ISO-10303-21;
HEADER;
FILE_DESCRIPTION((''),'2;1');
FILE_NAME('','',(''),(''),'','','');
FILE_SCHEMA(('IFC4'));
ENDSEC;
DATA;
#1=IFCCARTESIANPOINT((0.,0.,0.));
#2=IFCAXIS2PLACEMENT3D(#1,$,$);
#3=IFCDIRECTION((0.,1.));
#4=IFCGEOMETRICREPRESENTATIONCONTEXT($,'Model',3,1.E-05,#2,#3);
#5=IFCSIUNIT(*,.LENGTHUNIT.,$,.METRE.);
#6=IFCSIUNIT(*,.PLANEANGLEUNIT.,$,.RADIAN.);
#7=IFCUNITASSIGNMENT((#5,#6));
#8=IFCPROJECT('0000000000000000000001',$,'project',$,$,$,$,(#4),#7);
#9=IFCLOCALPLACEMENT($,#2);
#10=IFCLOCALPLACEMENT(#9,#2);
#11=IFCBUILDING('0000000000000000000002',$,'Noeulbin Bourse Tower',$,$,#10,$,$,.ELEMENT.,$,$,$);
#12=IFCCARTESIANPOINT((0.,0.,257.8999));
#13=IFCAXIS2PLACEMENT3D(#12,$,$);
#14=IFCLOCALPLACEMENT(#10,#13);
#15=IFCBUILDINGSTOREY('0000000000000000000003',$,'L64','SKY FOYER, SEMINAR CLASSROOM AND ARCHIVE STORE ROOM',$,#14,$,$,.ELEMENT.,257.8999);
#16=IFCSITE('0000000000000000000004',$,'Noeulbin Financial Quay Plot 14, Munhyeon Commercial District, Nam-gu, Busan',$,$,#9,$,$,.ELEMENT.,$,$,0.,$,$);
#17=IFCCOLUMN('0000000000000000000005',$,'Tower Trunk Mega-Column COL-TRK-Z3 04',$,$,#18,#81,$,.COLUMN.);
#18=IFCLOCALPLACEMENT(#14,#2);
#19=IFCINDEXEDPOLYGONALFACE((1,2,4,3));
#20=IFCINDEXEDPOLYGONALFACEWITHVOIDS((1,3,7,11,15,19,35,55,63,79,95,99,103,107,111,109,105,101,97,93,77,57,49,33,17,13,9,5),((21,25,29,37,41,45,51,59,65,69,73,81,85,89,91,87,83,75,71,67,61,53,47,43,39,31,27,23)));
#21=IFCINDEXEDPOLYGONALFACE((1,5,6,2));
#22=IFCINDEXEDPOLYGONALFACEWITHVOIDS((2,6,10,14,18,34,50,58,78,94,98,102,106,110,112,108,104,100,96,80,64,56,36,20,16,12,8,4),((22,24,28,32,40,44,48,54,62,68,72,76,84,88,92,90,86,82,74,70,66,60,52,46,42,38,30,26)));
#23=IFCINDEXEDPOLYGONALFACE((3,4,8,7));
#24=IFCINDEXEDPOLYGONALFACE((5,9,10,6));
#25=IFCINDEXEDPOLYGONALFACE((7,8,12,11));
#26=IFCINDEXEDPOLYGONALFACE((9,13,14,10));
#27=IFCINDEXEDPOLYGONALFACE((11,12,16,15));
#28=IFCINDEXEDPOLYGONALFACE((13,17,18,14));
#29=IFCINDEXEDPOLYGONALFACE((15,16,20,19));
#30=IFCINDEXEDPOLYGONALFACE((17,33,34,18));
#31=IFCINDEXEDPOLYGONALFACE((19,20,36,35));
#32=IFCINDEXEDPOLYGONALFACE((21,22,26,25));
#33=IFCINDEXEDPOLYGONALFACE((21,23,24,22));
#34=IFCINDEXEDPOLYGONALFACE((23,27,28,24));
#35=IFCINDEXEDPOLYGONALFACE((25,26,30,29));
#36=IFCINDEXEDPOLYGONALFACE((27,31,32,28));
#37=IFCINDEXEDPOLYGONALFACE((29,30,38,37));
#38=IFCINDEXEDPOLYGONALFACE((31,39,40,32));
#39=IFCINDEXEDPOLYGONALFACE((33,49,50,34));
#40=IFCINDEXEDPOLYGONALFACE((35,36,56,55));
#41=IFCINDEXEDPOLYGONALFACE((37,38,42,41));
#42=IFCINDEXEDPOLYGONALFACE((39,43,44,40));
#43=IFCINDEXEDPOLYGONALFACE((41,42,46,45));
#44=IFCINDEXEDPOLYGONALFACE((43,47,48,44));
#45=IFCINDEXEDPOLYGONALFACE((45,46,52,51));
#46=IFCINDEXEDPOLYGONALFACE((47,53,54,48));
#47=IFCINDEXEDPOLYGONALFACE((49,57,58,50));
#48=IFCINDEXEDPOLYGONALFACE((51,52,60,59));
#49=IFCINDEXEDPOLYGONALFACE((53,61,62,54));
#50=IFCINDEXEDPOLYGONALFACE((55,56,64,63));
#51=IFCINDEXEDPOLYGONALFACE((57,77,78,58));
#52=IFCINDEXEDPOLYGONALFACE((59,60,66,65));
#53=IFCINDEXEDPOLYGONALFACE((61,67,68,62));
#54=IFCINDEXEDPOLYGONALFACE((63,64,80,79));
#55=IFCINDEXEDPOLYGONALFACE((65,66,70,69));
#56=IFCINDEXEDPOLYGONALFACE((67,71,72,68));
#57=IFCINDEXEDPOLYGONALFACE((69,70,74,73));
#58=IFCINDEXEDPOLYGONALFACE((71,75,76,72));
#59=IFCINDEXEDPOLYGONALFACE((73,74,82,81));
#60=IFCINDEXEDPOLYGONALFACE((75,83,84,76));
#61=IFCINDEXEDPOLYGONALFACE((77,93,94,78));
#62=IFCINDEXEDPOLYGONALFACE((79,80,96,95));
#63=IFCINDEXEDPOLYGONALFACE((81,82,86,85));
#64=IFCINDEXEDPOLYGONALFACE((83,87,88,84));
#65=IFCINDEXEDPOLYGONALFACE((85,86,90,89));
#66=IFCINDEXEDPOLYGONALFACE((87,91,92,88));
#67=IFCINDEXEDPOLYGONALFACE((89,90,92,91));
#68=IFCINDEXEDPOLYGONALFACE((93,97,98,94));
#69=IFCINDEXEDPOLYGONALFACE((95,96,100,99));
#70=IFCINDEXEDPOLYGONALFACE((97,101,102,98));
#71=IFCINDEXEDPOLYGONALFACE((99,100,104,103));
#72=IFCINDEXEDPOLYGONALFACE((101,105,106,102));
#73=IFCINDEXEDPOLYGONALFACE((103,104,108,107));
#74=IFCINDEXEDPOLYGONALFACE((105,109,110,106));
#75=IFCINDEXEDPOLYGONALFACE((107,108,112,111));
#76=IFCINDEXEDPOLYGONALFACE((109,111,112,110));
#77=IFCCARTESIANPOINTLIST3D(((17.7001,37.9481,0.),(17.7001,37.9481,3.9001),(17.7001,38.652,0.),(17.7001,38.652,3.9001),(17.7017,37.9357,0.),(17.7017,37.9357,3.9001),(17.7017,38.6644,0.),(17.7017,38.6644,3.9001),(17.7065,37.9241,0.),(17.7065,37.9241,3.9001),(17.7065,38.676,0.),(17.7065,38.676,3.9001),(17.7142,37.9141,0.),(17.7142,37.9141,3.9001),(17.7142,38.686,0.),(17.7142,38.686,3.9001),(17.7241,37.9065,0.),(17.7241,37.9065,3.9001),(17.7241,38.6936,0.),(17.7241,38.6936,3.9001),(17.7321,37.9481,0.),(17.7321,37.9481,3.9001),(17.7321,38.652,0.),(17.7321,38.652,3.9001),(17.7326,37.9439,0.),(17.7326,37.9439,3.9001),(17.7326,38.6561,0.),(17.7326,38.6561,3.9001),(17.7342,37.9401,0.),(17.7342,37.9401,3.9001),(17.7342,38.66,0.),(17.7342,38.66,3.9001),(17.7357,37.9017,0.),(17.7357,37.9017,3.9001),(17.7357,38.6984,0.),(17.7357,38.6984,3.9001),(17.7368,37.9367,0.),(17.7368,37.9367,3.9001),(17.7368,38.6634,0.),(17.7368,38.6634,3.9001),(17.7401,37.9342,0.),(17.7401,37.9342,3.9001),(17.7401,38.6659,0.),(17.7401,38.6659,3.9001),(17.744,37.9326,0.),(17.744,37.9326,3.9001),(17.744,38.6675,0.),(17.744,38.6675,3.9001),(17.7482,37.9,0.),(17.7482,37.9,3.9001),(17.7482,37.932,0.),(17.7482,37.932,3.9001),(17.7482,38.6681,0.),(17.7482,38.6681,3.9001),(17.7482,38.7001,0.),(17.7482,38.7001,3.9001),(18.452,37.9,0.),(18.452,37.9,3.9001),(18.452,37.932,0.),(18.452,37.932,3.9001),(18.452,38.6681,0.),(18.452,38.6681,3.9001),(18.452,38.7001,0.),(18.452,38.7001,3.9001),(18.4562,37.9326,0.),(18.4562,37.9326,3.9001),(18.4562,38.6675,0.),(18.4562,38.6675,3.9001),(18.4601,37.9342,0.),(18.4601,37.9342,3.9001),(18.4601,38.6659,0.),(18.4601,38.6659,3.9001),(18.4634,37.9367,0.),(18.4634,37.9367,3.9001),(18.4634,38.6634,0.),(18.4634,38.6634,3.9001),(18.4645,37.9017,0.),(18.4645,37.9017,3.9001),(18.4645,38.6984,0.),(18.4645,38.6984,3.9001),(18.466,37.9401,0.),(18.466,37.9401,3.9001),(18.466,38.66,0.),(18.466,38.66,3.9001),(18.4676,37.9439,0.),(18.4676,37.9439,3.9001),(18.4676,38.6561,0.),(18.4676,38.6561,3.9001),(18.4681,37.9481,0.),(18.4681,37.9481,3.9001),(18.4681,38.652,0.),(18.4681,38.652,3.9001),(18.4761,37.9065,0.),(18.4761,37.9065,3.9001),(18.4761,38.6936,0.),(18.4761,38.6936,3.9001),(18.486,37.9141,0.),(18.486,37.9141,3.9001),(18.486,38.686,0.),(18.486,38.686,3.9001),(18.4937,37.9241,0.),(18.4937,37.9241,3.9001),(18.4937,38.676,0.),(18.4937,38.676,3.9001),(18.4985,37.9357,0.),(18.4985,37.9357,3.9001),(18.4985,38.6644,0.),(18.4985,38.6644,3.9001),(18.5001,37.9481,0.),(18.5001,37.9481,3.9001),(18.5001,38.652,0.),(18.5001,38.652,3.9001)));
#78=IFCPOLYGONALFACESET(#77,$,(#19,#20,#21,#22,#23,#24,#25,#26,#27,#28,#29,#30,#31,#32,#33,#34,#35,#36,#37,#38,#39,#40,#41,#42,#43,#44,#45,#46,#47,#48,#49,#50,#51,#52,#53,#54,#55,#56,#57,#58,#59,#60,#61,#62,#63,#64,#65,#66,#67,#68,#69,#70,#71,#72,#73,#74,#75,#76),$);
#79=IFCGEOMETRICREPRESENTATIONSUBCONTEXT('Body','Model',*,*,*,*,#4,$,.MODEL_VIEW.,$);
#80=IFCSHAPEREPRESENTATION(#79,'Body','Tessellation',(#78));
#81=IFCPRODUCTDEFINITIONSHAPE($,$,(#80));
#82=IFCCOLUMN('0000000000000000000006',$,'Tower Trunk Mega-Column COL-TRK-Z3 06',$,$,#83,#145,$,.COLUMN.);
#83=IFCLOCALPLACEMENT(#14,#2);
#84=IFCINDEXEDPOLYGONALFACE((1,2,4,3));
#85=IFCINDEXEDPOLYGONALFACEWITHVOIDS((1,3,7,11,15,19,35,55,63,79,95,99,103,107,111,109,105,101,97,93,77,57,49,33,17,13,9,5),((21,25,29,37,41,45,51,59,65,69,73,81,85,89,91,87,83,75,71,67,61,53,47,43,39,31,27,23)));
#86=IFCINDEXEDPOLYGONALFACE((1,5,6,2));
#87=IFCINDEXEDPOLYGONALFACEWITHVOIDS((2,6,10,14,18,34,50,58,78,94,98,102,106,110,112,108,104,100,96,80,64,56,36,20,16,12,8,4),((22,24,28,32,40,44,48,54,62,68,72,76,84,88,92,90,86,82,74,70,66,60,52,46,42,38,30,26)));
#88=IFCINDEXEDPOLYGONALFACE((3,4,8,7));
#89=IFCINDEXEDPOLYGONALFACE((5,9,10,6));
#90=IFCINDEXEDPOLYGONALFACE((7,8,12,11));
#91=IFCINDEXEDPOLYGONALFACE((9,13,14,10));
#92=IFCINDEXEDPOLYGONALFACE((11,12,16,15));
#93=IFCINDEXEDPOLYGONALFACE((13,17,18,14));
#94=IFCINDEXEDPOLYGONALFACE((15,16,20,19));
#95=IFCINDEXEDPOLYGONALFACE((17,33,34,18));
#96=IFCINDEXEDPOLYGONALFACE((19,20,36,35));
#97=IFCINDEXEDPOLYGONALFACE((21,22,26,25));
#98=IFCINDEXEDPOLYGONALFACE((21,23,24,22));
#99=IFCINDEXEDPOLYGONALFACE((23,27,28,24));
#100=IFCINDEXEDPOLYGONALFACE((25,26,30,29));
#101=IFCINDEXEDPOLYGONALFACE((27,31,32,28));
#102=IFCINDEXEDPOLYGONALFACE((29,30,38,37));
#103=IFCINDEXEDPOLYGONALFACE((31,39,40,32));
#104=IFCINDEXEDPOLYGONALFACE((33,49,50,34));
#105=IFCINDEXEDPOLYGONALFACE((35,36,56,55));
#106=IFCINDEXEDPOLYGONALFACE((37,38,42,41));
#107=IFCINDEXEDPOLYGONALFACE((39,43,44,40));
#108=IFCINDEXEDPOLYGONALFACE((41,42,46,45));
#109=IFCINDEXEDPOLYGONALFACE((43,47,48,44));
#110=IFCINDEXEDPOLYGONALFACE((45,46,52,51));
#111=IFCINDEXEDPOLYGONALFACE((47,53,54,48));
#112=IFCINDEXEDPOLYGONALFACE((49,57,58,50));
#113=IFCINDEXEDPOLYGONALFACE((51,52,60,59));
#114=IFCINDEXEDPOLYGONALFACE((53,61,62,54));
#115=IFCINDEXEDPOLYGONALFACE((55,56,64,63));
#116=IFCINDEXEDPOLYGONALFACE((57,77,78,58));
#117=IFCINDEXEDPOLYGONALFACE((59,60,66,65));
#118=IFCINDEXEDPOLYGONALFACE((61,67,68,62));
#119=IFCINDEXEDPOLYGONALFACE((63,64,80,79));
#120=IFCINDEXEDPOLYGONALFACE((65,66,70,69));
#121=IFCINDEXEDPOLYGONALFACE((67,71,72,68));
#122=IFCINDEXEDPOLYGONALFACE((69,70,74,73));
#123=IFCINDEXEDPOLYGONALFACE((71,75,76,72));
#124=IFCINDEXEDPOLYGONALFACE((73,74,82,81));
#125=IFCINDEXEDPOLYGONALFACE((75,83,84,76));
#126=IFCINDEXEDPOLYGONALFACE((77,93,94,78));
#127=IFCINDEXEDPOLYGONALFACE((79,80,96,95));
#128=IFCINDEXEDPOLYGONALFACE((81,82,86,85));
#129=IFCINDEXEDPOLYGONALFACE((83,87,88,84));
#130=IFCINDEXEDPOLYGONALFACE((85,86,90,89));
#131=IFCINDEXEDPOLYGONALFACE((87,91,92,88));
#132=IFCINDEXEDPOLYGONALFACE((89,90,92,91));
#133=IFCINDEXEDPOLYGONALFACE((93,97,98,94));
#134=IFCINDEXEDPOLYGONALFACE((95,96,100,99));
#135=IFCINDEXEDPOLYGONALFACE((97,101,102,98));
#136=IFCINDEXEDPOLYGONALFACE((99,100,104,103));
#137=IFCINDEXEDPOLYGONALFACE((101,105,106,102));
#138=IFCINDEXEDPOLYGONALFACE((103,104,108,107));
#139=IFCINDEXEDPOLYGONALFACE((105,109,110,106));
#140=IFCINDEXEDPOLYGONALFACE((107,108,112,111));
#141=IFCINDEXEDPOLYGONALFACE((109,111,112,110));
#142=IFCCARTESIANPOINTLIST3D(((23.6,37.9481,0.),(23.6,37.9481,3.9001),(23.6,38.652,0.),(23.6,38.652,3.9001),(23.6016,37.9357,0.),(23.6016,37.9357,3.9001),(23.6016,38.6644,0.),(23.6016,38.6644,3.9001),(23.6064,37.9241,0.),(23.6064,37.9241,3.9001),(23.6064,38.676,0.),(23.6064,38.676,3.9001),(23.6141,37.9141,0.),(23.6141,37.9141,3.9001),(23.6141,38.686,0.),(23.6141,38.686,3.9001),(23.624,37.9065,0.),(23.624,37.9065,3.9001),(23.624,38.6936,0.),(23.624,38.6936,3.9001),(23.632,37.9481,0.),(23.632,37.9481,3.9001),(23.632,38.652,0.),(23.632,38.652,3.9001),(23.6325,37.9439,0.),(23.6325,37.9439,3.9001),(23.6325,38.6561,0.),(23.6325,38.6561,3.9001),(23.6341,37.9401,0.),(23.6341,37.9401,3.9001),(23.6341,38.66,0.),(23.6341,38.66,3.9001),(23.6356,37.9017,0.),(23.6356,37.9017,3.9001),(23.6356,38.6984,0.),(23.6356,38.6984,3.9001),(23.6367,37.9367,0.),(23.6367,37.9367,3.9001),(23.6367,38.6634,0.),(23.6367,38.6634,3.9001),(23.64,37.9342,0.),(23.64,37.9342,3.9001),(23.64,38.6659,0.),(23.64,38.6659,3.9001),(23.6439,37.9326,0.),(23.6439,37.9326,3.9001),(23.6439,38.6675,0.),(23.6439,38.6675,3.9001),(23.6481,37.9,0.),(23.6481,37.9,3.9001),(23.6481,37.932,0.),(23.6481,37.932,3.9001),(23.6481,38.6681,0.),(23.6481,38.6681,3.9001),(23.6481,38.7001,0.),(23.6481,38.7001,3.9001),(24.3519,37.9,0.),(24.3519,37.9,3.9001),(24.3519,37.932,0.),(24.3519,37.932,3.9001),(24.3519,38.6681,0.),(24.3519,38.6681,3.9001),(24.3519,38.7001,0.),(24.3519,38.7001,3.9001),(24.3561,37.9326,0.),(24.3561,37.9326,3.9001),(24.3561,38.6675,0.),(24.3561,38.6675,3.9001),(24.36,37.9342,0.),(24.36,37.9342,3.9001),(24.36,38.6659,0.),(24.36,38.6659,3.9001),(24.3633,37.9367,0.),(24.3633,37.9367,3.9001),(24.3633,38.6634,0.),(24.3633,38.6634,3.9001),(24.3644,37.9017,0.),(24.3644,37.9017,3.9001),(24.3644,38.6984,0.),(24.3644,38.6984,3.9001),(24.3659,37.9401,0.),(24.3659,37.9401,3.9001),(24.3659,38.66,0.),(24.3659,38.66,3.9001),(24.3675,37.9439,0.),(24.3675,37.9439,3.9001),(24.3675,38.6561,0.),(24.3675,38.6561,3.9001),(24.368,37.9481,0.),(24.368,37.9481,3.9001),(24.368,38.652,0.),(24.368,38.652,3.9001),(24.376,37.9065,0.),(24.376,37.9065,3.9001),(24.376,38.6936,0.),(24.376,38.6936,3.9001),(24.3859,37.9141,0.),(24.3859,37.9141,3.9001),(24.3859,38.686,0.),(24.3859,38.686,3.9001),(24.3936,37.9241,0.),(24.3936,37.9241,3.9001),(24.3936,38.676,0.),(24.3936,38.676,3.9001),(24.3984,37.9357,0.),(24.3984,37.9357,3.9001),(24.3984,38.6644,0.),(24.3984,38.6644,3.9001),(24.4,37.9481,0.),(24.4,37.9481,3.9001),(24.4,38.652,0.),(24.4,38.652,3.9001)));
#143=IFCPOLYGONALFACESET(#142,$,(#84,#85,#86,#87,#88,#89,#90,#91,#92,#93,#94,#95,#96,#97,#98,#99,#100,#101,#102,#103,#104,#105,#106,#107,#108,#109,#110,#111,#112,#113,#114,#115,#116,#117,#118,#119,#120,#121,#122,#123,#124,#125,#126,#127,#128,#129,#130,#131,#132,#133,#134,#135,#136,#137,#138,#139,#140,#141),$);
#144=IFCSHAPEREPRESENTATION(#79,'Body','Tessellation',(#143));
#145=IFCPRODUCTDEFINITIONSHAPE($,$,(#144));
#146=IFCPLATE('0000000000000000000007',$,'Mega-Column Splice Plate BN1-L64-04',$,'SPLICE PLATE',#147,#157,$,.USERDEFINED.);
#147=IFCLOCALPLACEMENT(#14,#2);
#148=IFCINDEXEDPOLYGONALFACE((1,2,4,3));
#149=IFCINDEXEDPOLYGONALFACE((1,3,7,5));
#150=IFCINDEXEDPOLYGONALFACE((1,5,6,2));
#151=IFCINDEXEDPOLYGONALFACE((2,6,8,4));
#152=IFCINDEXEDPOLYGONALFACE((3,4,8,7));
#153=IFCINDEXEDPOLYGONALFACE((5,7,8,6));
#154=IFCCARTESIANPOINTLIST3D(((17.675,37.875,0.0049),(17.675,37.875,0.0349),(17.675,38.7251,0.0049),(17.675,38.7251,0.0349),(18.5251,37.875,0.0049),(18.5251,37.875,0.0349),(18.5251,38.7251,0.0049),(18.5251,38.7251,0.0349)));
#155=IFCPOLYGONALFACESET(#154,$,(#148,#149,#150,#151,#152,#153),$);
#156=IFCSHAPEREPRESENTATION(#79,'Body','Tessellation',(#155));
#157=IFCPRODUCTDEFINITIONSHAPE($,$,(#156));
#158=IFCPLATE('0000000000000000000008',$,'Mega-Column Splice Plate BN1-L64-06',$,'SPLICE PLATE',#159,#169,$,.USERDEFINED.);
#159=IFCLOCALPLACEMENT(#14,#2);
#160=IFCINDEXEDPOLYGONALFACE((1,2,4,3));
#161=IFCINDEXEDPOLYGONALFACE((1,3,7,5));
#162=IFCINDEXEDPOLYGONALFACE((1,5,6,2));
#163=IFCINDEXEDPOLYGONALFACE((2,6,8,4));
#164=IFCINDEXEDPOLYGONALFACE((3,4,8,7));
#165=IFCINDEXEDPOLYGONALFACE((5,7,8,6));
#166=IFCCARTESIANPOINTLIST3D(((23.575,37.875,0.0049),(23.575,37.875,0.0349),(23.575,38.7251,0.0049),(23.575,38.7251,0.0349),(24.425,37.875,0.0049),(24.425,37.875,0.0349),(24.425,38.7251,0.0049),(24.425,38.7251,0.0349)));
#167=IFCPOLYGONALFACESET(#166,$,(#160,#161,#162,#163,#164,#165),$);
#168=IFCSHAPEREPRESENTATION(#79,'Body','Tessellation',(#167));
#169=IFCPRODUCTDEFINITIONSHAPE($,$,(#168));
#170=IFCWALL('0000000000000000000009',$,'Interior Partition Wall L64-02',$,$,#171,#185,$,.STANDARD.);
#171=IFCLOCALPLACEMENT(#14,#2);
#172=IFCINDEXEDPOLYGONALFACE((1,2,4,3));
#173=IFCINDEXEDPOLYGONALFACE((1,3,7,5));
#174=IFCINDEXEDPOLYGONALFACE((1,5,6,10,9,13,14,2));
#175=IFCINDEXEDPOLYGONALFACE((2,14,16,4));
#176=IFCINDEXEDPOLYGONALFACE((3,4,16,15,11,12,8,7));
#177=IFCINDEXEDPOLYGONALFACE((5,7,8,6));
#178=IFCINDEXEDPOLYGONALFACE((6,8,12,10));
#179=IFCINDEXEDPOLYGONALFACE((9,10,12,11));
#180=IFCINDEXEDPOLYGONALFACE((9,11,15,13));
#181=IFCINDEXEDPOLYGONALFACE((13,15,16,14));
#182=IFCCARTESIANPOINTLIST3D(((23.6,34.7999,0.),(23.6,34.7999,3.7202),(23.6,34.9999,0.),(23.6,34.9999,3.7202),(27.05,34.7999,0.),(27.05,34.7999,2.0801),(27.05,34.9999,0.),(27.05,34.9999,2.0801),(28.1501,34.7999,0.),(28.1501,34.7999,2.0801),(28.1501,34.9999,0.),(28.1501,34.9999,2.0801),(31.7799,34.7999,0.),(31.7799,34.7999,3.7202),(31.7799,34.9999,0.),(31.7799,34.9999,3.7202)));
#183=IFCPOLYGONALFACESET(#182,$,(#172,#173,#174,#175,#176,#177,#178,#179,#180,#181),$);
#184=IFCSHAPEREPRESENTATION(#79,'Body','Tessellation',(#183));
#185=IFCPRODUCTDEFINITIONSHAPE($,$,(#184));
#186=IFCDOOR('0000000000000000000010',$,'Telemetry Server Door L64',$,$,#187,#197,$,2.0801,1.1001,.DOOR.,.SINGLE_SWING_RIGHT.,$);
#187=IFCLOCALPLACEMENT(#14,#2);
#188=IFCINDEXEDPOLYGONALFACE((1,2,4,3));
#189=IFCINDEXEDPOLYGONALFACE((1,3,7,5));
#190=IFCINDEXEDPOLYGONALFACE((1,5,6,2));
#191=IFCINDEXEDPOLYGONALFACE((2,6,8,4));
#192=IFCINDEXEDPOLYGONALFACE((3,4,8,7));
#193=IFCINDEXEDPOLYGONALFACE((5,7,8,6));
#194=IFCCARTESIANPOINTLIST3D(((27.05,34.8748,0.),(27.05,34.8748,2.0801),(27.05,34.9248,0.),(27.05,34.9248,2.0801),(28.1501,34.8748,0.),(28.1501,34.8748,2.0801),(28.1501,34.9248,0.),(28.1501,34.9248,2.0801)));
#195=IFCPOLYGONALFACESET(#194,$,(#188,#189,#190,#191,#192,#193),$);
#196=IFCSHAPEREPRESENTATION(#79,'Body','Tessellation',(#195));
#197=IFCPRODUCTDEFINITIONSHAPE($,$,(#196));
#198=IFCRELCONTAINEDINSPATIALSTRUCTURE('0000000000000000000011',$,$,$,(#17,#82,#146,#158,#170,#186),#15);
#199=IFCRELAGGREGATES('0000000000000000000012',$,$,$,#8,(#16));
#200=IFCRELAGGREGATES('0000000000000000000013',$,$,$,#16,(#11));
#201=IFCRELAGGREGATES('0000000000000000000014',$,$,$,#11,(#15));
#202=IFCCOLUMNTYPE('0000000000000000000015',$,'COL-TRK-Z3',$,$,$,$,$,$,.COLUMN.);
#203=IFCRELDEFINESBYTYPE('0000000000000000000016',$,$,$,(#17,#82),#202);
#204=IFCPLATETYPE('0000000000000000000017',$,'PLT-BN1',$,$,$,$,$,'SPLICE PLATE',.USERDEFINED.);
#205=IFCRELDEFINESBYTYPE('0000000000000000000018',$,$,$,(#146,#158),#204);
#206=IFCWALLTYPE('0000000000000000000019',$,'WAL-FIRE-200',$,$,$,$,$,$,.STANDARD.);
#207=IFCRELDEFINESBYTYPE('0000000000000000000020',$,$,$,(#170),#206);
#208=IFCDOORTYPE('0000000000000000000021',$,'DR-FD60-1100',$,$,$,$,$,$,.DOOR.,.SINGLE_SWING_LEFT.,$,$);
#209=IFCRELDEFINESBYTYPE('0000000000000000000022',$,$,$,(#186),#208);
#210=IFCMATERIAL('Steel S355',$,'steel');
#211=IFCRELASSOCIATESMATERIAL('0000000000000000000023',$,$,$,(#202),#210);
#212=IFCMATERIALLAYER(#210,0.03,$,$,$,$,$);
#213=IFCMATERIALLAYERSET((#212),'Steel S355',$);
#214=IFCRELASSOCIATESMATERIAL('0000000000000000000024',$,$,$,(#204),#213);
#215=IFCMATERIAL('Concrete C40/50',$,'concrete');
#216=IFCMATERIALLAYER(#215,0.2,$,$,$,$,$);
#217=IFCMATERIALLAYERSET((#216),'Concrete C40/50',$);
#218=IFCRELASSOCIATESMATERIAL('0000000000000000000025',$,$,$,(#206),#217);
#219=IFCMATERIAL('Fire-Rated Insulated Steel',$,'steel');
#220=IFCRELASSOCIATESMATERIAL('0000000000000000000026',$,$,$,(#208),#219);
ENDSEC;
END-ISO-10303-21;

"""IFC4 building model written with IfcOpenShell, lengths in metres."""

from ifc_helpers import new_model, si_unit, direction, frame, frame_2d, origin, origin_2d, place, context, subcontext, project, spatial, rectangle, hollow_rectangle, extrude, material, layer, layer_set, material_profile, profile_set, type_object, element, fill, save


model = new_model("IFC4")

# Units and contexts
model_context = context("Model", 3, precision=1e-05, world=origin(), true_north=direction((0.0, 1.0)))
body_context = subcontext(model_context, "Body", "Model", "MODEL_VIEW")
ifc_project = project(units=[si_unit("LENGTHUNIT", "METRE"), si_unit("PLANEANGLEUNIT", "RADIAN")], contexts=[model_context])

# Site, building, storey
site_placement = place(None, origin())
site = spatial("IfcSite", under=ifc_project, at=site_placement, Name="Noeulbin Financial Quay Plot 14, Munhyeon Commercial District, Nam-gu, Busan", CompositionType="ELEMENT", RefElevation=0.0)
building_placement = place(site_placement, origin())
building = spatial("IfcBuilding", under=site, at=building_placement, Name="Noeulbin Bourse Tower", CompositionType="ELEMENT")
storey_placement = place(building_placement, frame((0.0, 0.0, 257.8999)))
storey = spatial("IfcBuildingStorey", under=building, at=storey_placement, Name="L64", Description="SKY FOYER, SEMINAR CLASSROOM AND ARCHIVE STORE ROOM", CompositionType="ELEMENT", Elevation=257.8999)

# Columns
ifc_material_1 = material(Name="Steel S355", Category="steel")
ifc_material_profile = material_profile(ifc_material_1, hollow_rectangle(XDim=0.8, YDim=0.8, WallThickness=0.032, InnerFilletRadius=0.0161, OuterFilletRadius=0.0481, at=origin_2d()), Name="BOX-800x800x32", Category="LoadBearing")
ifc_profile_set = profile_set([ifc_material_profile], Name="Steel S355")
column_type = type_object("IfcColumnType", Name="COL-TRK-Z3", PredefinedType="COLUMN", material=ifc_profile_set)
for number, where, z_axis, x_axis, name in (
    (1, (18.1001, 38.3, 0.0), (0.0, 0.0, 1.0), (1.0, 0.0, 0.0), "Tower Trunk Mega-Column COL-TRK-Z3 04"),
    (2, (24.0, 38.3, 0.0), (0.0, 0.0, 1.0), (1.0, 0.0, 0.0), "Tower Trunk Mega-Column COL-TRK-Z3 06"),
):
    element("IfcColumn", number, at=place(storey_placement, frame(where, z_axis=z_axis, x_axis=x_axis)), inside=storey, type_object=column_type, Name=name, PredefinedType="COLUMN", context=body_context, shape_type="SweptSolid", body=[
        extrude(hollow_rectangle(XDim=0.8, YDim=0.8, WallThickness=0.032, InnerFilletRadius=0.0161, OuterFilletRadius=0.0481, at=origin_2d()), origin(), (0.0, 0.0, 1.0), 3.9001),
    ])

# Plates
ifc_layer_1 = layer(ifc_material_1, 0.03)
ifc_layer_set_1 = layer_set([ifc_layer_1], Name="Steel S355")
plate_type = type_object("IfcPlateType", Name="PLT-BN1", ElementType="SPLICE PLATE", PredefinedType="USERDEFINED", material=ifc_layer_set_1)
for number, where, z_axis, x_axis, name in (
    (3, (18.1001, 38.3, 0.0049), (0.0, 0.0, 1.0), (1.0, 0.0, 0.0), "Mega-Column Splice Plate BN1-L64-04"),
    (4, (24.0, 38.3, 0.0049), (0.0, 0.0, 1.0), (1.0, 0.0, 0.0), "Mega-Column Splice Plate BN1-L64-06"),
):
    element("IfcPlate", number, at=place(storey_placement, frame(where, z_axis=z_axis, x_axis=x_axis)), inside=storey, type_object=plate_type, Name=name, ObjectType="SPLICE PLATE", PredefinedType="USERDEFINED", context=body_context, shape_type="SweptSolid", body=[
        extrude(rectangle(XDim=0.8501, YDim=0.8501, at=origin_2d()), origin(), (0.0, 0.0, 1.0), 0.03),
    ])

# Wall, opening, door
ifc_material_2 = material(Name="Concrete C40/50", Category="concrete")
ifc_layer_2 = layer(ifc_material_2, 0.2)
ifc_layer_set_2 = layer_set([ifc_layer_2], Name="Concrete C40/50")
wall_type_1 = type_object("IfcWallType", Name="WAL-FIRE-200", PredefinedType="STANDARD", material=ifc_layer_set_2)
wall_1_placement = place(storey_placement, frame((23.6001, 34.8999, 0.0), z_axis=(0.0, 0.0, 1.0), x_axis=(1.0, 0.0, 0.0)))
wall_1 = element("IfcWall", 5, at=wall_1_placement, inside=storey, type_object=wall_type_1, Name="Interior Partition Wall L64-02", PredefinedType="STANDARD", context=body_context, shape_type="SweptSolid", body=[
    extrude(rectangle(XDim=8.1799, YDim=0.2, at=frame_2d((4.0898, 0.0))), origin(), (0.0, 0.0, 1.0), 3.7202),
])
opening_1_placement = place(wall_1_placement, frame((3.45, 0.0, 0.0)))
opening_1 = element("IfcOpeningElement", 6, at=opening_1_placement, cuts=wall_1, PredefinedType="OPENING", context=body_context, shape_type="SweptSolid", body=[
    extrude(rectangle(XDim=1.1001, YDim=2.0801, at=frame_2d((0.55, 1.04))), frame((0.0, 0.1099, 0.0), z_axis=(0.0, -1.0, 0.0), x_axis=(1.0, 0.0, 0.0)), (0.0, 0.0, 1.0), 0.22),
])
ifc_material_3 = material(Name="Fire-Rated Insulated Steel", Category="steel")
door_type_1 = type_object("IfcDoorType", Name="DR-FD60-1100", OperationType="SINGLE_SWING_LEFT", PredefinedType="DOOR", material=ifc_material_3)
door_1_placement = place(opening_1_placement, origin())
door_1 = element("IfcDoor", 7, at=door_1_placement, inside=storey, type_object=door_type_1, Name="Telemetry Server Door L64", OperationType="SINGLE_SWING_RIGHT", OverallHeight=2.0801, OverallWidth=1.1001, PredefinedType="DOOR", context=body_context, shape_type="SweptSolid", body=[
    extrude(rectangle(XDim=1.1001, YDim=2.0801, at=frame_2d((0.55, 1.04))), frame((0.0, 0.0249, 0.0), z_axis=(0.0, -1.0, 0.0), x_axis=(1.0, 0.0, 0.0)), (0.0, 0.0, 1.0), 0.05),
])
fill(opening_1, door_1)

save(model, "model.ifc")
